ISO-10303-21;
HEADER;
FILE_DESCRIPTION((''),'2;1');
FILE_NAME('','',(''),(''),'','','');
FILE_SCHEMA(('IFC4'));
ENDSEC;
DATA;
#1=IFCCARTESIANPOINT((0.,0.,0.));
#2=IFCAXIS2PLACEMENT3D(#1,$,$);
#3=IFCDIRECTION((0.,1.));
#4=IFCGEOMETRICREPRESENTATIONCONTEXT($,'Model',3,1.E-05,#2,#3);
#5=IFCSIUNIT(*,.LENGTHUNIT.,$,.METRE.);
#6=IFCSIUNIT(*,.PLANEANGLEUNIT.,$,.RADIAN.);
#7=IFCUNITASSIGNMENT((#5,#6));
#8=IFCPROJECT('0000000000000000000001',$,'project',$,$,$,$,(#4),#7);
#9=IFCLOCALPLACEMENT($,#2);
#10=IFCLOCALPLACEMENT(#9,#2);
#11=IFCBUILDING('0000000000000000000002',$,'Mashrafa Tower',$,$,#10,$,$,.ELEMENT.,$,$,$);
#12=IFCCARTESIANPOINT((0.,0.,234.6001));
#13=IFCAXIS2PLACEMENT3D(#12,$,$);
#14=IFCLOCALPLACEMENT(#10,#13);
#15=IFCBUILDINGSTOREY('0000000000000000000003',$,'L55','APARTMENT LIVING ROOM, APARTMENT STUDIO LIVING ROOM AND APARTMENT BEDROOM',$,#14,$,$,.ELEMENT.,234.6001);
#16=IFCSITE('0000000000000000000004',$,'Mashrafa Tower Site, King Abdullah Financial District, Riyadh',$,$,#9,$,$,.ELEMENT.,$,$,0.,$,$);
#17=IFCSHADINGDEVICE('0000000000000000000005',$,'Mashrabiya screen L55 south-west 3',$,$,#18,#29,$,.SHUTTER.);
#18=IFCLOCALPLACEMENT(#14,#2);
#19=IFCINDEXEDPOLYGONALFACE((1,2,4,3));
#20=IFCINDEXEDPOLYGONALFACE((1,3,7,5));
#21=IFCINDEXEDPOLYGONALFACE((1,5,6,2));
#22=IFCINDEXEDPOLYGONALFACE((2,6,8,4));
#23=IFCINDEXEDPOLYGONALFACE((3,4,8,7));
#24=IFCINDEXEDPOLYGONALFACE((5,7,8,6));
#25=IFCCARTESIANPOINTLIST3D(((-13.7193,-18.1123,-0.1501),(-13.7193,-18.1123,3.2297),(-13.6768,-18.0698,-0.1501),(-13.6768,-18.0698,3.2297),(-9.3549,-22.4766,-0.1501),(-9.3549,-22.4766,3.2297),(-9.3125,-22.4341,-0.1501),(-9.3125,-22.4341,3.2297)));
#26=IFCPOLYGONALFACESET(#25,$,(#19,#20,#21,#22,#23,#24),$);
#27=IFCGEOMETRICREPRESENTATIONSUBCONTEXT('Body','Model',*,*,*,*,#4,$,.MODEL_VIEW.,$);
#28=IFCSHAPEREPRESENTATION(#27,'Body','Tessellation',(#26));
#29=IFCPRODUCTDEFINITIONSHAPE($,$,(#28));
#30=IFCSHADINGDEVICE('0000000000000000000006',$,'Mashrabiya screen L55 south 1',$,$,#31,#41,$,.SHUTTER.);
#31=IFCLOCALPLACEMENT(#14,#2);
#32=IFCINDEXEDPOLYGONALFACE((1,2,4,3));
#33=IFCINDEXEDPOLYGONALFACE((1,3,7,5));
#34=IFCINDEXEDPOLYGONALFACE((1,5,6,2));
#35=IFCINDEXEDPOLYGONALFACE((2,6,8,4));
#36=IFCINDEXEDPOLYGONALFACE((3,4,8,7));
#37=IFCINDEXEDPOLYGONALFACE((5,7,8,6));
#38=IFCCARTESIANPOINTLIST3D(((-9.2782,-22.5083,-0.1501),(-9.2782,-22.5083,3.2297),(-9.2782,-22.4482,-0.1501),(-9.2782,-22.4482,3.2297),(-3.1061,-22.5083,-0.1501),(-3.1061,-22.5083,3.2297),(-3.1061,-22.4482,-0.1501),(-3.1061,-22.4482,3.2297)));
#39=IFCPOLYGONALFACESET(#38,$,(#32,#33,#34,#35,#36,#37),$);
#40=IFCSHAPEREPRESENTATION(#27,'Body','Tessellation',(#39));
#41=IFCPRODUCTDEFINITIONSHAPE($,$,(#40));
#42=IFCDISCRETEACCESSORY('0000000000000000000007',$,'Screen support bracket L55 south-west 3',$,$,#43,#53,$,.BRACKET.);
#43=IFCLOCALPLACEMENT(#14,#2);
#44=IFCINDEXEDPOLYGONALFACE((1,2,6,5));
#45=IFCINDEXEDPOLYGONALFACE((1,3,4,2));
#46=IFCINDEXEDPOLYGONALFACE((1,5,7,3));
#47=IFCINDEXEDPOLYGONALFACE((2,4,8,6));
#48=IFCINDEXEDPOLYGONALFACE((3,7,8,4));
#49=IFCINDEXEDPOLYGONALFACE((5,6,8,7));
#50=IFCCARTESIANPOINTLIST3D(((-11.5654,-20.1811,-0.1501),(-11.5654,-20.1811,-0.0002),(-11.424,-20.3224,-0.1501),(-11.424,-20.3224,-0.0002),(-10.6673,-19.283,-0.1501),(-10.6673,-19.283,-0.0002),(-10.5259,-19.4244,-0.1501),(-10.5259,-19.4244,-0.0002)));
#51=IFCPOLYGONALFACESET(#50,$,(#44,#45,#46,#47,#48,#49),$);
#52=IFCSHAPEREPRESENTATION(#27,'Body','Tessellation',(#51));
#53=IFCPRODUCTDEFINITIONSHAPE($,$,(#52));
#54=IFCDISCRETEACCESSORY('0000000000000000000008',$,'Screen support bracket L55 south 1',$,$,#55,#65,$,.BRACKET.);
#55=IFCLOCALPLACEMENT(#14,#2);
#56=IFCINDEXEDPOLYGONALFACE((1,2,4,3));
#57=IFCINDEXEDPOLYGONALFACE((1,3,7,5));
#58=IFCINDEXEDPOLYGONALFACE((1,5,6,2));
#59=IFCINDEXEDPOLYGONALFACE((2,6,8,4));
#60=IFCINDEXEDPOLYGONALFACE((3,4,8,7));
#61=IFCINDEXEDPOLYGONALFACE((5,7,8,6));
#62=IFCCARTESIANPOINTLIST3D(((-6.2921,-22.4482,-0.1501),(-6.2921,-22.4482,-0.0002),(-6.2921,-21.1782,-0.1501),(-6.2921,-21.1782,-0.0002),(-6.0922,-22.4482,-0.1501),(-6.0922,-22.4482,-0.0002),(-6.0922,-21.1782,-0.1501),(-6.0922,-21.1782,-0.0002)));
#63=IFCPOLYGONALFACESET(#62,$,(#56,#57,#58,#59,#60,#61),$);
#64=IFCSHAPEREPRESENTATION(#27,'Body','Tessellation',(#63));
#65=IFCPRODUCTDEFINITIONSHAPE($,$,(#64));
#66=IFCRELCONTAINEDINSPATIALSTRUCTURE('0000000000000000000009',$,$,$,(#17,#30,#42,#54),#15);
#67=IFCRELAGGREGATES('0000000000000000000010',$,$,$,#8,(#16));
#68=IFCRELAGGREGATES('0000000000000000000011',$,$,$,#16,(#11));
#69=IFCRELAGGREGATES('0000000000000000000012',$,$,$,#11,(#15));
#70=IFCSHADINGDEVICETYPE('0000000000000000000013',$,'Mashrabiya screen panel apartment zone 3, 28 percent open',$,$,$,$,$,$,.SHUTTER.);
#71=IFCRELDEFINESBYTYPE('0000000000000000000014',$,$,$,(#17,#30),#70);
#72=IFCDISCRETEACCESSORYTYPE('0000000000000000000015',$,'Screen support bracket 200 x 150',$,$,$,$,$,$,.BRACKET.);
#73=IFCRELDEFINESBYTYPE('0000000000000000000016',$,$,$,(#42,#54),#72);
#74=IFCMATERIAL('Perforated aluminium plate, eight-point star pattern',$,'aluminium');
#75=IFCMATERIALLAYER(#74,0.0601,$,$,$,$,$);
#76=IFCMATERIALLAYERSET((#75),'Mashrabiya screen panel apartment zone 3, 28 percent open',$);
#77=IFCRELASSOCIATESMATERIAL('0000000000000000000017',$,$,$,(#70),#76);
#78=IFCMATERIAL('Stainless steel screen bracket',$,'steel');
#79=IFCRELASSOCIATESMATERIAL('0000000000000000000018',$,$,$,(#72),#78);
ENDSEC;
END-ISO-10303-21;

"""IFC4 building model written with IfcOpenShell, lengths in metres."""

from ifc_helpers import new_model, si_unit, direction, frame, origin, origin_2d, place, context, subcontext, project, spatial, rectangle, extrude, source, transform, mapped, material, layer, layer_set, type_object, type_shapes, element, save


model = new_model("IFC4")

# Units and contexts
model_context = context("Model", 3, precision=1e-05, world=origin(), true_north=direction((0.0, 1.0)))
body_context = subcontext(model_context, "Body", "Model", "MODEL_VIEW")
ifc_project = project(units=[si_unit("LENGTHUNIT", "METRE"), si_unit("PLANEANGLEUNIT", "RADIAN")], contexts=[model_context])

# Site, building, storey
site_placement = place(None, origin())
site = spatial("IfcSite", under=ifc_project, at=site_placement, Name="Mashrafa Tower Site, King Abdullah Financial District, Riyadh", CompositionType="ELEMENT", RefElevation=0.0)
building_placement = place(site_placement, origin())
building = spatial("IfcBuilding", under=site, at=building_placement, Name="Mashrafa Tower", CompositionType="ELEMENT")
storey_placement = place(building_placement, frame((0.0, 0.0, 234.6001)))
storey = spatial("IfcBuildingStorey", under=building, at=storey_placement, Name="L55", Description="APARTMENT LIVING ROOM, APARTMENT STUDIO LIVING ROOM AND APARTMENT BEDROOM", CompositionType="ELEMENT", Elevation=234.6001)

# Shading devices
ifc_material_1 = material(Name="Perforated aluminium plate, eight-point star pattern", Category="aluminium")
ifc_layer_1 = layer(ifc_material_1, 0.0601)
ifc_layer_set_1 = layer_set([ifc_layer_1], Name="Mashrabiya screen panel apartment zone 3, 28 percent open")
shading_device_type = type_object("IfcShadingDeviceType", Name="Mashrabiya screen panel apartment zone 3, 28 percent open", PredefinedType="SHUTTER", material=ifc_layer_set_1)
shared_shape_1 = source(origin(), body_context, "Body", "SweptSolid", [
    extrude(rectangle(XDim=6.1721, YDim=0.0601, at=origin_2d()), origin(), (0.0, 0.0, 1.0), 3.3799),
])
type_shapes(shading_device_type, [shared_shape_1])
for number, where, z_axis, x_axis, name in (
    (1, (-11.5159, -20.2732, -0.1501), (0.0, 0.0, 1.0), (0.707107, -0.707107, 0.0), "Mashrabiya screen L55 south-west 3"),
    (2, (-6.1921, -22.4783, -0.1501), (0.0, 0.0, 1.0), (1.0, 0.0, 0.0), "Mashrabiya screen L55 south 1"),
):
    element("IfcShadingDevice", number, at=place(storey_placement, frame(where, z_axis=z_axis, x_axis=x_axis)), inside=storey, type_object=shading_device_type, Name=name, PredefinedType="SHUTTER", context=body_context, shape_type="MappedRepresentation", body=[
        mapped(shared_shape_1, transform((0.0, 0.0, 0.0))),
    ])

# Discrete accessories
ifc_material_2 = material(Name="Stainless steel screen bracket", Category="steel")
discrete_accessory_type = type_object("IfcDiscreteAccessoryType", Name="Screen support bracket 200 x 150", PredefinedType="BRACKET", material=ifc_material_2)
shared_shape_2 = source(origin(), body_context, "Body", "SweptSolid", [
    extrude(rectangle(XDim=0.2, YDim=1.27, at=origin_2d()), origin(), (0.0, 0.0, 1.0), 0.1499),
])
type_shapes(discrete_accessory_type, [shared_shape_2])
for number, where, z_axis, x_axis, name in (
    (3, (-11.0457, -19.8027, -0.1501), (0.0, 0.0, 1.0), (0.707107, -0.707107, 0.0), "Screen support bracket L55 south-west 3"),
    (4, (-6.1921, -21.8132, -0.1501), (0.0, 0.0, 1.0), (1.0, 0.0, 0.0), "Screen support bracket L55 south 1"),
):
    element("IfcDiscreteAccessory", number, at=place(storey_placement, frame(where, z_axis=z_axis, x_axis=x_axis)), inside=storey, type_object=discrete_accessory_type, Name=name, PredefinedType="BRACKET", context=body_context, shape_type="MappedRepresentation", body=[
        mapped(shared_shape_2, transform((0.0, 0.0, 0.0))),
    ])

save(model, "model.ifc")
